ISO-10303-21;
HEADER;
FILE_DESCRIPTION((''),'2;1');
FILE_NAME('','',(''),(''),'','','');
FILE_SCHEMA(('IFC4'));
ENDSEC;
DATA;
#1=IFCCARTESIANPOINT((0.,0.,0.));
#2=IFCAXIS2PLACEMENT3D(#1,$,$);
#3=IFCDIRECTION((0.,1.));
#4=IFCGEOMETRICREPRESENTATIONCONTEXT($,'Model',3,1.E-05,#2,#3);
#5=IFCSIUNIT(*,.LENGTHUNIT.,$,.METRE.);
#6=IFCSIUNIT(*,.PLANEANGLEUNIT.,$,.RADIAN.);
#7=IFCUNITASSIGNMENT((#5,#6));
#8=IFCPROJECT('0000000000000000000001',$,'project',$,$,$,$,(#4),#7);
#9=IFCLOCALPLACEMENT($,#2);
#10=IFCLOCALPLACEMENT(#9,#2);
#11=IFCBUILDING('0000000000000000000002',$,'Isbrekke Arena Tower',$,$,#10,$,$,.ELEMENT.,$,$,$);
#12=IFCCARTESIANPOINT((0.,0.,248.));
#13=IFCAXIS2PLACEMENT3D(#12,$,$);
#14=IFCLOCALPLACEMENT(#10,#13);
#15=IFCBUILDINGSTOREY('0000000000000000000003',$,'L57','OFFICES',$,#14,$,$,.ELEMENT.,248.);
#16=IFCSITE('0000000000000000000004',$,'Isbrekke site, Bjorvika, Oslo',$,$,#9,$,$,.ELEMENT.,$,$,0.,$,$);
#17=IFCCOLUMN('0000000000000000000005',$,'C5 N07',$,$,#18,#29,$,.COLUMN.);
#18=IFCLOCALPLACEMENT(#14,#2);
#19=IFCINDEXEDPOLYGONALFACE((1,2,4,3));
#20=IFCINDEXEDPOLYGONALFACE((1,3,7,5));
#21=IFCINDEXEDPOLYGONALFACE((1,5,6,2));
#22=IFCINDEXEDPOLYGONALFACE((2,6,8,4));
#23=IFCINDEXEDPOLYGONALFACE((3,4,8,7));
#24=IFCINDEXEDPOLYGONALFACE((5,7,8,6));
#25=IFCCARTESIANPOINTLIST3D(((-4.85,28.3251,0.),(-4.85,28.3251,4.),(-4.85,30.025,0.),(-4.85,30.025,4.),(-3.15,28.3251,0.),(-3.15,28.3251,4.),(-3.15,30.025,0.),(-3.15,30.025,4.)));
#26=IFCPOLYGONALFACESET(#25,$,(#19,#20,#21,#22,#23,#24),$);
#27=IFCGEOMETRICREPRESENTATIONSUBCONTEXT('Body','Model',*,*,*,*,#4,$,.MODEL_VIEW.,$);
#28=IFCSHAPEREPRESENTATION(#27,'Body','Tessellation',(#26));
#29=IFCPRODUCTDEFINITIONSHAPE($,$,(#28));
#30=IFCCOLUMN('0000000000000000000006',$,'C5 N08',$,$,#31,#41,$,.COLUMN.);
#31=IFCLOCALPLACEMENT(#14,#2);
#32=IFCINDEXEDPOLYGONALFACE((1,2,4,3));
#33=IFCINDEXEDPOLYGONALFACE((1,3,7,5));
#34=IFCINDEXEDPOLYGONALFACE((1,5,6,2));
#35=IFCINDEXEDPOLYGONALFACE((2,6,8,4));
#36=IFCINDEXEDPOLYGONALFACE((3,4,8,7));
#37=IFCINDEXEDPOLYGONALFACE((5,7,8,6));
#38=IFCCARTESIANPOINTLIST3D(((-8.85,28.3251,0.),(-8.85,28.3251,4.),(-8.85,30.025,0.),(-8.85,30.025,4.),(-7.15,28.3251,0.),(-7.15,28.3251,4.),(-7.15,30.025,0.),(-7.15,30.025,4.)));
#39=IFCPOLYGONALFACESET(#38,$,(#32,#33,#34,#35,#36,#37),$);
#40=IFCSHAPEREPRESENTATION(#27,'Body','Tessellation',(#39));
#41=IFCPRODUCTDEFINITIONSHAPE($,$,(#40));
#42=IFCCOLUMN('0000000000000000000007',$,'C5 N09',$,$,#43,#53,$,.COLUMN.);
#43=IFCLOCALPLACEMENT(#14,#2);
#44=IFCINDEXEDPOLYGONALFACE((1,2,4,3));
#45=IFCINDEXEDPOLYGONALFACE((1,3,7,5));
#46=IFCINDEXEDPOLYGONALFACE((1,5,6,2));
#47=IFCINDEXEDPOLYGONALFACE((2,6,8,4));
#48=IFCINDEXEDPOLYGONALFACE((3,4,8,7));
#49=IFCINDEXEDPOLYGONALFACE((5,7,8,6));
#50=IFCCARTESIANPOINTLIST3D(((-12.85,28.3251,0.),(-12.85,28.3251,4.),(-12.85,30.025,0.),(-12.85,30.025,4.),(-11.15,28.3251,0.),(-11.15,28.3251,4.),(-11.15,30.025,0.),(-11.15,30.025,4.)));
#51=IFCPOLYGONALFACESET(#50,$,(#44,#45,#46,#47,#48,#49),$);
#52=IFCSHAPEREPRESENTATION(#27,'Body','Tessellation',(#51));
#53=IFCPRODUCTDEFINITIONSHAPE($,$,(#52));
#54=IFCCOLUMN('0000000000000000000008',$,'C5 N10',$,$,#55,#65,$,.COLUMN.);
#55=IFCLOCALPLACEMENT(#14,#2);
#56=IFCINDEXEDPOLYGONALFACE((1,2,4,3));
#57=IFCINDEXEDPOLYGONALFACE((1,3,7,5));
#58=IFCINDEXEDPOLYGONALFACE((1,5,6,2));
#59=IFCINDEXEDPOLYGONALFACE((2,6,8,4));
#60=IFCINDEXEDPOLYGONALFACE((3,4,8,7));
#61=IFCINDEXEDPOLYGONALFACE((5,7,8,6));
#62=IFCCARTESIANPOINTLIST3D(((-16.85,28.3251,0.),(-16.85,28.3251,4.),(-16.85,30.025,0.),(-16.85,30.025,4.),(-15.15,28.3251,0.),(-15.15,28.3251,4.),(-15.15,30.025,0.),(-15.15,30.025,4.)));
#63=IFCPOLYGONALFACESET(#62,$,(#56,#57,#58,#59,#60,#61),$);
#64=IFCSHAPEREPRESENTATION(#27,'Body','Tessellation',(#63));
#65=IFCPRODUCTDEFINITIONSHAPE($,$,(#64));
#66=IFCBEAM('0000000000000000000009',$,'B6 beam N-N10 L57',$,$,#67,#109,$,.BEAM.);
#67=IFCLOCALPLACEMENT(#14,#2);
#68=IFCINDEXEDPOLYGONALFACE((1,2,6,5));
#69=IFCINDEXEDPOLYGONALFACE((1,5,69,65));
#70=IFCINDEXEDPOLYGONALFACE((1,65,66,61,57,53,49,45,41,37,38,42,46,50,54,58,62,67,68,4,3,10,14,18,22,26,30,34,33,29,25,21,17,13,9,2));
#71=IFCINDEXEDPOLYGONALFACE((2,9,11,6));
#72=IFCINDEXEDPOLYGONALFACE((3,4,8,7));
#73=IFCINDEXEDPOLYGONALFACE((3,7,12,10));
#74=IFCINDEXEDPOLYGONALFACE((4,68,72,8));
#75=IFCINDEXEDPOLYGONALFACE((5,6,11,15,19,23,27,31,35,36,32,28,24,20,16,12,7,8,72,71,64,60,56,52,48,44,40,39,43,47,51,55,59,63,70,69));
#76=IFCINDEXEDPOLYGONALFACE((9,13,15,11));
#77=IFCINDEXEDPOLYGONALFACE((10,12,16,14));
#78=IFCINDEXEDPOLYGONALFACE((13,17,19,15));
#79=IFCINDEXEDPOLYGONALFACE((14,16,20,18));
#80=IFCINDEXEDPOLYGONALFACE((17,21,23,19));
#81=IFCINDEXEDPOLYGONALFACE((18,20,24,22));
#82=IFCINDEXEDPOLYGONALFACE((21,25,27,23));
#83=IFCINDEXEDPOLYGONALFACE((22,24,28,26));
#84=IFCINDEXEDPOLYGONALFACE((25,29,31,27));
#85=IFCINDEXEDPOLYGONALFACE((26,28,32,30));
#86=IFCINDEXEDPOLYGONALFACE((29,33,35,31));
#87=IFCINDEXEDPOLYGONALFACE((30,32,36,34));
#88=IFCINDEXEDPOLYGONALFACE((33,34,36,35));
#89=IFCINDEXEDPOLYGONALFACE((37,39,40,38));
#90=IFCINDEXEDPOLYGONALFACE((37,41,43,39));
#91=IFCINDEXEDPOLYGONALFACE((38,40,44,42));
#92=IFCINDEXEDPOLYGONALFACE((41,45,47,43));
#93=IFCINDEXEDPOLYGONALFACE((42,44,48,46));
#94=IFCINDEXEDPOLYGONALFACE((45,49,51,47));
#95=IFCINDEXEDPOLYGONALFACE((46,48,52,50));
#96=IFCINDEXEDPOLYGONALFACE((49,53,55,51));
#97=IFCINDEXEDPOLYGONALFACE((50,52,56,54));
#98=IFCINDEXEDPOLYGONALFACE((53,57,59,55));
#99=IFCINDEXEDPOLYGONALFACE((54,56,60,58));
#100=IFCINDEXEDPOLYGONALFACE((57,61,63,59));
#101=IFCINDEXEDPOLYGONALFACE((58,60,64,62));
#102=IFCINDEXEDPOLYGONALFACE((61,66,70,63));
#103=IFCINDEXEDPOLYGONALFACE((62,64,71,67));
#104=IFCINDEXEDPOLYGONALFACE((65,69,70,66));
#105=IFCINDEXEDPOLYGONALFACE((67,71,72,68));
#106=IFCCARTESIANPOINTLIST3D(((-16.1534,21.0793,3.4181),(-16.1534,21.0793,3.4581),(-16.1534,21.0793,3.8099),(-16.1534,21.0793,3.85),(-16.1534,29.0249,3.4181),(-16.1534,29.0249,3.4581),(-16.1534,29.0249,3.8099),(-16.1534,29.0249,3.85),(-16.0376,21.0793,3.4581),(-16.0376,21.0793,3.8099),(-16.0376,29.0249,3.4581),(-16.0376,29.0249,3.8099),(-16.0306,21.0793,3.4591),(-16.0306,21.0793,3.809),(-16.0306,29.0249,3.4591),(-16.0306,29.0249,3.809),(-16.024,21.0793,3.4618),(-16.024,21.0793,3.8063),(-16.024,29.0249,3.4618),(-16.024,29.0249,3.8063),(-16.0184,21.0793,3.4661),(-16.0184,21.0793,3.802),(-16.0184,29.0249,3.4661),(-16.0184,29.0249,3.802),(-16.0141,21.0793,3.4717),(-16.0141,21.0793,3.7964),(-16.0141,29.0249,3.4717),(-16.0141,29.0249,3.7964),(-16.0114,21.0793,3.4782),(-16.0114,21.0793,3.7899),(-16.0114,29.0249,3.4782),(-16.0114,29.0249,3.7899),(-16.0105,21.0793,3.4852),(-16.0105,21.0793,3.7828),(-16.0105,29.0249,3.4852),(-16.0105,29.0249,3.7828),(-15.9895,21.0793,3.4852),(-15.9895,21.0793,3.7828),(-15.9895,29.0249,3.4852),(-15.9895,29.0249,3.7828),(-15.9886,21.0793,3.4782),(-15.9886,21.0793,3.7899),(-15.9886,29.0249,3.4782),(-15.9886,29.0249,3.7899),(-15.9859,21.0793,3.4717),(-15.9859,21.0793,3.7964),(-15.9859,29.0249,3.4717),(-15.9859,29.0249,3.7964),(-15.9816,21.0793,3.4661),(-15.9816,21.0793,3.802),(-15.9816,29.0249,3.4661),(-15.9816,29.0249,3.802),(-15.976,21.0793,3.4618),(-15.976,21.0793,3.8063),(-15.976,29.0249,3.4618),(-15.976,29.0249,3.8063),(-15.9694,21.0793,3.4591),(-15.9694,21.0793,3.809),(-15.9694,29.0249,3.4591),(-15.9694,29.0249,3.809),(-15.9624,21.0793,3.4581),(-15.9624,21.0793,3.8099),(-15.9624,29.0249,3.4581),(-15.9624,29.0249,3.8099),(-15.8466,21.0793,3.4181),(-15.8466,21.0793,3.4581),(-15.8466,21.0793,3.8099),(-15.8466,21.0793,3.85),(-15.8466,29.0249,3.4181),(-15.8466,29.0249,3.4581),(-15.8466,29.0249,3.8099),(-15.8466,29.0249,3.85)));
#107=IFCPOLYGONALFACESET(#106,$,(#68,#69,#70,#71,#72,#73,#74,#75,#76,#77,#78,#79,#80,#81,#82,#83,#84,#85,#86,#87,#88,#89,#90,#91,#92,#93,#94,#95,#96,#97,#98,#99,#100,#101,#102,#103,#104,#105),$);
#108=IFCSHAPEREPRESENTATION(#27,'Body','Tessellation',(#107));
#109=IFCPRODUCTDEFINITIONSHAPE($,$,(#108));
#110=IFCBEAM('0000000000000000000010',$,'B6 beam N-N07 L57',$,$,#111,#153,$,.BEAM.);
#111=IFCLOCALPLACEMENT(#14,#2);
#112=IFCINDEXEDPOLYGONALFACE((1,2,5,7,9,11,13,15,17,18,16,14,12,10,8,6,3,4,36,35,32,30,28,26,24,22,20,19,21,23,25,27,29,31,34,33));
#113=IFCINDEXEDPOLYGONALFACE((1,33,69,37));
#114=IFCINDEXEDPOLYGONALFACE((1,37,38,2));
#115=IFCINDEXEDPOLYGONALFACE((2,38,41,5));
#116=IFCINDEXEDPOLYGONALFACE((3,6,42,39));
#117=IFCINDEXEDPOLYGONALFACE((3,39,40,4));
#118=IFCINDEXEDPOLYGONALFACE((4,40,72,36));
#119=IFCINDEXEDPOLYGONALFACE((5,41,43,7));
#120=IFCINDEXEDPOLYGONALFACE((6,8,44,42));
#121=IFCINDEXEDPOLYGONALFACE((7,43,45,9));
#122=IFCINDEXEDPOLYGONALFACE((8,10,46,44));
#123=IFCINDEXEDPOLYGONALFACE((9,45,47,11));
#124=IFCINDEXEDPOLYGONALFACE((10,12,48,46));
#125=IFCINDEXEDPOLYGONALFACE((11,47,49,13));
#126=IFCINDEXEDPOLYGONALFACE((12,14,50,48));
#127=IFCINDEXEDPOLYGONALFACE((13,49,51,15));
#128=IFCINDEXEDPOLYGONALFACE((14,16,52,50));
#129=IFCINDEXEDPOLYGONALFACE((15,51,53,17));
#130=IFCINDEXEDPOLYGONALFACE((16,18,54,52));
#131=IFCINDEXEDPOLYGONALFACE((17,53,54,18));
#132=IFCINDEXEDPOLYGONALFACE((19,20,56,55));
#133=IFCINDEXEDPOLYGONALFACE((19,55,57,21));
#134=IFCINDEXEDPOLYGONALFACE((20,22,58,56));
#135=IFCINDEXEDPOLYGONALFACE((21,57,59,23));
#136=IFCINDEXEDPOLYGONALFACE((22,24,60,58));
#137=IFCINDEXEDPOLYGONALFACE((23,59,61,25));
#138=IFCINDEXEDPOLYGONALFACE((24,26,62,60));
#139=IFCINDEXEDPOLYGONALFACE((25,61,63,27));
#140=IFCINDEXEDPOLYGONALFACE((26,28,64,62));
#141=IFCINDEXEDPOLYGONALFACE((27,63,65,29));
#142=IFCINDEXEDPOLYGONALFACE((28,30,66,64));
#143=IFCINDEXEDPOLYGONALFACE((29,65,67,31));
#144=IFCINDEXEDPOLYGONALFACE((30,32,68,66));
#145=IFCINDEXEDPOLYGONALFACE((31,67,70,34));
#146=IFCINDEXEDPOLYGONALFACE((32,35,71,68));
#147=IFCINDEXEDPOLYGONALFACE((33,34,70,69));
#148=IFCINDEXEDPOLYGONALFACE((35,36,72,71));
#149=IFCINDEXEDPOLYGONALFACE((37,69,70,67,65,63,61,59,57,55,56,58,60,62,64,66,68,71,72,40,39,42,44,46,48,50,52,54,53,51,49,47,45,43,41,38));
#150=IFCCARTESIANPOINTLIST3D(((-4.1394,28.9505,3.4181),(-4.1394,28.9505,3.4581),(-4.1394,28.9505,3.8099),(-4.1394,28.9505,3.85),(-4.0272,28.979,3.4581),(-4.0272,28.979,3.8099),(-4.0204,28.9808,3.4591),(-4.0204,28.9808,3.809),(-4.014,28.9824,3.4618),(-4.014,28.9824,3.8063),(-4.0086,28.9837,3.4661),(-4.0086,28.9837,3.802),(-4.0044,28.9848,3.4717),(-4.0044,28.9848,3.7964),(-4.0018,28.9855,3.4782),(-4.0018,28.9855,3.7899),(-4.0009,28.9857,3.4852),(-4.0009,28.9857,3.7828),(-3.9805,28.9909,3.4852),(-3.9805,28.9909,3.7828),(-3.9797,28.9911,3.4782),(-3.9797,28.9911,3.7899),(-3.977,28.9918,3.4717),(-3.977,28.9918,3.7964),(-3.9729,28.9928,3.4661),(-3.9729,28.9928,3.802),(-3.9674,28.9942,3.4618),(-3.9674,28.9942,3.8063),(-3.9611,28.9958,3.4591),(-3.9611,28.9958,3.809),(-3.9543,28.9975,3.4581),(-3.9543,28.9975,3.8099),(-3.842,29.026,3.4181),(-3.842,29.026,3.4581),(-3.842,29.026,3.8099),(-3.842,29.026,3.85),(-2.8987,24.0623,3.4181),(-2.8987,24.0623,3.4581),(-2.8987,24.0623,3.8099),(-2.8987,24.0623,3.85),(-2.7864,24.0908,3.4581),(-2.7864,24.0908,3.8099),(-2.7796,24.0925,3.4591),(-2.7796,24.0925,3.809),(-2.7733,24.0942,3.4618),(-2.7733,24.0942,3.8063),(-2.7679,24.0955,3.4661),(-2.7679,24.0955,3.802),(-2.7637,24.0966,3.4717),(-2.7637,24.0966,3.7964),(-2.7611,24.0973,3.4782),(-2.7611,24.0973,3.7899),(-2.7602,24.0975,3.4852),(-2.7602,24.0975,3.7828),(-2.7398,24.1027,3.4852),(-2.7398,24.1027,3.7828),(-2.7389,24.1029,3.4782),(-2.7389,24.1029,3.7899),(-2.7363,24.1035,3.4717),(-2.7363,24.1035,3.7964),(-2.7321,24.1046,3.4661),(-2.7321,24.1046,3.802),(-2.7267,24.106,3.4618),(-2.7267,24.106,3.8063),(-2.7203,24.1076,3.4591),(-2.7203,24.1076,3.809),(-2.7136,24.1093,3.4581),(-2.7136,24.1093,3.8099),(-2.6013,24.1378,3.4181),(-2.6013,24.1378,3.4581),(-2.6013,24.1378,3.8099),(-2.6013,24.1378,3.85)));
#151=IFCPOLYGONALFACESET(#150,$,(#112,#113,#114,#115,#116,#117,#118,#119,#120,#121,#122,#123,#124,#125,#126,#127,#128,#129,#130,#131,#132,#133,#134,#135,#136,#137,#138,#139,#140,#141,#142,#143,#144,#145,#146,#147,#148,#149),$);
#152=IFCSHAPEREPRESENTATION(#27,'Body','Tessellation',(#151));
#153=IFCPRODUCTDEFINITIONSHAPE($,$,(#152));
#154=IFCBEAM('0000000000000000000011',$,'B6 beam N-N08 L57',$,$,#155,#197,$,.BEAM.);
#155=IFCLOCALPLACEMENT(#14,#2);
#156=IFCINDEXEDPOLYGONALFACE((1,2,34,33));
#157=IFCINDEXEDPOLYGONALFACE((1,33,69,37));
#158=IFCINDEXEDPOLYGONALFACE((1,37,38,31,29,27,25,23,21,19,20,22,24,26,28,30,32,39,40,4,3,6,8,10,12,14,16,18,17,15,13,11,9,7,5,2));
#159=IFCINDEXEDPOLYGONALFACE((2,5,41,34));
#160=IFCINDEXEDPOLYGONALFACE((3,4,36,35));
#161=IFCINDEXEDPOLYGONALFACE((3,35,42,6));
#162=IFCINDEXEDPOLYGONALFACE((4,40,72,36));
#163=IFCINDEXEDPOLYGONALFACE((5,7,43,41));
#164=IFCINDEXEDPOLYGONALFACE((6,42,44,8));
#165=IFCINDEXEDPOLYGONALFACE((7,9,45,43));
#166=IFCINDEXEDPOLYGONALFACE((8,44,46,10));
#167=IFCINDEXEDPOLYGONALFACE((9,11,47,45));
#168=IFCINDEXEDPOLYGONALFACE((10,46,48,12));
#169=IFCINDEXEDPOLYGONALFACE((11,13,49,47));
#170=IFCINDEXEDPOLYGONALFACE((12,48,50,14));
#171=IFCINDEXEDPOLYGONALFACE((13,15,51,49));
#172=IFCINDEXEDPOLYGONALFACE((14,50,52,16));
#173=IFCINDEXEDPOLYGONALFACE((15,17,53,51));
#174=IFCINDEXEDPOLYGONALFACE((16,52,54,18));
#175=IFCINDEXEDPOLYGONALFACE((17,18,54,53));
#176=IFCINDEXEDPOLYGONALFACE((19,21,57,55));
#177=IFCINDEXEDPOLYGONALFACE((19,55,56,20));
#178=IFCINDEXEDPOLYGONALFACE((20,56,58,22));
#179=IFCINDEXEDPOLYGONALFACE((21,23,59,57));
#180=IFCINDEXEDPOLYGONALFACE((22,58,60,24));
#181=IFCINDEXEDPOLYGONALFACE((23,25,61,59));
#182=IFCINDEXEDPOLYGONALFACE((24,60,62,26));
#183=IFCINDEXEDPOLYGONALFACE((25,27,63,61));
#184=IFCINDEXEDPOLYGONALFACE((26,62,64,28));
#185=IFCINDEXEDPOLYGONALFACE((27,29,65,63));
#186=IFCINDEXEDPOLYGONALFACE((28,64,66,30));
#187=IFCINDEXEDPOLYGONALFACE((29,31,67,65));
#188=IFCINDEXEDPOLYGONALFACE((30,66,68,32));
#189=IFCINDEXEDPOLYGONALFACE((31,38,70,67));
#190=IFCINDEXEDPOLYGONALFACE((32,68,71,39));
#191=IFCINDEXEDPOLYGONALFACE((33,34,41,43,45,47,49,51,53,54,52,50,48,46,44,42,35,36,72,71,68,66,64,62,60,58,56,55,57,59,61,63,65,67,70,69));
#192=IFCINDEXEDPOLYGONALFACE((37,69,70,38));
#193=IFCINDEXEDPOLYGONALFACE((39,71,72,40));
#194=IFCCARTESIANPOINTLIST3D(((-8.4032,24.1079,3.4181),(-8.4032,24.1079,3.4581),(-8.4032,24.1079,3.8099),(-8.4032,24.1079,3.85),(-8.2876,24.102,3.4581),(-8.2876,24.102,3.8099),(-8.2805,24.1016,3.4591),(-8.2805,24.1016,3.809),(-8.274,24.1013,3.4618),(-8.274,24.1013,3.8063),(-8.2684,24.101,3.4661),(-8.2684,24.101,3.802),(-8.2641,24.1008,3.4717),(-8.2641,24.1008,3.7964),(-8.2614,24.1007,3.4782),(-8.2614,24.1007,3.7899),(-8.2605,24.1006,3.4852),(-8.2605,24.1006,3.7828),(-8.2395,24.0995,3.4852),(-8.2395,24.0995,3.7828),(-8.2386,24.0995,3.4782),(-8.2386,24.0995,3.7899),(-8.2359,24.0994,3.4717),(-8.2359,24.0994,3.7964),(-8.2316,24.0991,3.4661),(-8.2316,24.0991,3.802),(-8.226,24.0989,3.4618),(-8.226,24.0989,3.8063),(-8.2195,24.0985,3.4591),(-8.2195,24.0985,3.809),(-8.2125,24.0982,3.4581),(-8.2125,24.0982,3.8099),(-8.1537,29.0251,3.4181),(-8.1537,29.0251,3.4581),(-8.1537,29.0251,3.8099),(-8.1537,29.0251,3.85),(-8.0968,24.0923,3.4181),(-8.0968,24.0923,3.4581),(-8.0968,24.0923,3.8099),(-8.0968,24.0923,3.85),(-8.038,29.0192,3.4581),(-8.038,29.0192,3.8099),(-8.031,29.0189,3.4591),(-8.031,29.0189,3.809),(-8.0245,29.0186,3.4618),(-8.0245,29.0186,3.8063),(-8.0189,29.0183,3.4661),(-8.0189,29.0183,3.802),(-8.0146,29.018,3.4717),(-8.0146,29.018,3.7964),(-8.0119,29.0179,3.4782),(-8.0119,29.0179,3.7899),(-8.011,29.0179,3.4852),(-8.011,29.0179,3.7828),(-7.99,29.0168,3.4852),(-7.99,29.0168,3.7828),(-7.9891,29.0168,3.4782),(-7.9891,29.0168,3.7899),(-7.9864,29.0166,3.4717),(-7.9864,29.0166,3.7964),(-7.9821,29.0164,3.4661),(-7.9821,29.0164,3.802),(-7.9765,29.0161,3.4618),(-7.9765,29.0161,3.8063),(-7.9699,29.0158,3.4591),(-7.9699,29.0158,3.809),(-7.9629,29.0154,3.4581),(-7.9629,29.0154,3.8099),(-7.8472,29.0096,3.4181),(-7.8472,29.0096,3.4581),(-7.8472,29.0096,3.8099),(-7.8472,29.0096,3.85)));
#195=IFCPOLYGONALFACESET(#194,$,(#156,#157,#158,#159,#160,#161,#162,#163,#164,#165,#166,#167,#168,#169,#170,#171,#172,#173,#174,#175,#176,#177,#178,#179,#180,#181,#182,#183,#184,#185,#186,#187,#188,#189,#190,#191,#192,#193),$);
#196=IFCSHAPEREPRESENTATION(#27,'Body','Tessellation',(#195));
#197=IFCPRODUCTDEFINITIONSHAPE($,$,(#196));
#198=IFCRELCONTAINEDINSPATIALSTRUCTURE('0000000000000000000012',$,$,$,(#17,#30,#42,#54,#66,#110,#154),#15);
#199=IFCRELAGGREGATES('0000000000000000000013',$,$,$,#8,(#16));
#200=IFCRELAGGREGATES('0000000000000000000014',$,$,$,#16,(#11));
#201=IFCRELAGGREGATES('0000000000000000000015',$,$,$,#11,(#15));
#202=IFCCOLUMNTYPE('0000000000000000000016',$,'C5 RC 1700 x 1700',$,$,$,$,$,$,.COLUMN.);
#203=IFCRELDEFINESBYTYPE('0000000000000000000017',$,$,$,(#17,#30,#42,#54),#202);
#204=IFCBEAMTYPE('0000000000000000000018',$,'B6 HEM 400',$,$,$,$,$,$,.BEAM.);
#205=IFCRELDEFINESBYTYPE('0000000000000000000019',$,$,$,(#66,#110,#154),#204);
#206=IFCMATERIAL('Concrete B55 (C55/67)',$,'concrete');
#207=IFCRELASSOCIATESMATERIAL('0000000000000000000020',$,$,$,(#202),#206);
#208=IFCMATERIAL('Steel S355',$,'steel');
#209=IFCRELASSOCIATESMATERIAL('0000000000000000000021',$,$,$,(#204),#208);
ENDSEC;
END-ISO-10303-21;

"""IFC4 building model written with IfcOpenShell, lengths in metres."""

from ifc_helpers import new_model, si_unit, direction, frame, origin, origin_2d, place, context, subcontext, project, spatial, rectangle, i_section, extrude, material, material_profile, profile_set, type_object, element, save


model = new_model("IFC4")

# Units and contexts
model_context = context("Model", 3, precision=1e-05, world=origin(), true_north=direction((0.0, 1.0)))
body_context = subcontext(model_context, "Body", "Model", "MODEL_VIEW")
ifc_project = project(units=[si_unit("LENGTHUNIT", "METRE"), si_unit("PLANEANGLEUNIT", "RADIAN")], contexts=[model_context])

# Site, building, storey
site_placement = place(None, origin())
site = spatial("IfcSite", under=ifc_project, at=site_placement, Name="Isbrekke site, Bjorvika, Oslo", CompositionType="ELEMENT", RefElevation=0.0)
building_placement = place(site_placement, origin())
building = spatial("IfcBuilding", under=site, at=building_placement, Name="Isbrekke Arena Tower", CompositionType="ELEMENT")
storey_placement = place(building_placement, frame((0.0, 0.0, 248.0)))
storey = spatial("IfcBuildingStorey", under=building, at=storey_placement, Name="L57", Description="OFFICES", CompositionType="ELEMENT", Elevation=248.0)

# Columns
ifc_material_1 = material(Name="Concrete B55 (C55/67)", Category="concrete")
ifc_material_profile_1 = material_profile(ifc_material_1, rectangle(XDim=1.7, YDim=1.7, at=origin_2d()), Name="RC 1700x1700")
ifc_profile_set_1 = profile_set([ifc_material_profile_1], Name="Concrete B55 (C55/67)")
column_type = type_object("IfcColumnType", Name="C5 RC 1700 x 1700", PredefinedType="COLUMN", material=ifc_profile_set_1)
for number, where, z_axis, x_axis, name in (
    (1, (-4.0, 29.175, 0.0), (0.0, 0.0, 1.0), (-1.0, 0.0, 0.0), "C5 N07"),
    (2, (-8.0, 29.175, 0.0), (0.0, 0.0, 1.0), (-1.0, 0.0, 0.0), "C5 N08"),
    (3, (-12.0, 29.175, 0.0), (0.0, 0.0, 1.0), (-1.0, 0.0, 0.0), "C5 N09"),
    (4, (-16.0, 29.175, 0.0), (0.0, 0.0, 1.0), (-1.0, 0.0, 0.0), "C5 N10"),
):
    element("IfcColumn", number, at=place(storey_placement, frame(where, z_axis=z_axis, x_axis=x_axis)), inside=storey, type_object=column_type, Name=name, PredefinedType="COLUMN", context=body_context, shape_type="SweptSolid", body=[
        extrude(rectangle(XDim=1.7, YDim=1.7, at=origin_2d()), origin(), (0.0, 0.0, 1.0), 4.0),
    ])

# Beams
ifc_material_2 = material(Name="Steel S355", Category="steel")
ifc_material_profile_2 = material_profile(ifc_material_2, i_section(OverallWidth=0.3069, OverallDepth=0.4319, WebThickness=0.021, FlangeThickness=0.04, FilletRadius=0.0271, at=origin_2d()), Name="HEM 400")
ifc_profile_set_2 = profile_set([ifc_material_profile_2], Name="Steel S355")
beam_type_1 = type_object("IfcBeamType", Name="B6 HEM 400", PredefinedType="BEAM", material=ifc_profile_set_2)
beam_1_placement = place(storey_placement, frame((-16.0, 29.0249, 3.634), z_axis=(0.0, -1.0, 0.0), x_axis=(1.0, 0.0, 0.0)))
element("IfcBeam", 5, at=beam_1_placement, inside=storey, type_object=beam_type_1, Name="B6 beam N-N10 L57", PredefinedType="BEAM", context=body_context, shape_type="SweptSolid", body=[
    extrude(i_section(OverallWidth=0.3069, OverallDepth=0.4319, WebThickness=0.021, FlangeThickness=0.04, FilletRadius=0.0271, at=origin_2d()), origin(), (0.0, 0.0, 1.0), 7.9456),
])
beam_2_placement = place(storey_placement, frame((-3.9907, 28.9883, 3.634), z_axis=(0.24602, -0.969265, 0.0), x_axis=(0.969265, 0.24602, 0.0)))
element("IfcBeam", 6, at=beam_2_placement, inside=storey, type_object=beam_type_1, Name="B6 beam N-N07 L57", PredefinedType="BEAM", context=body_context, shape_type="SweptSolid", body=[
    extrude(i_section(OverallWidth=0.3069, OverallDepth=0.4319, WebThickness=0.021, FlangeThickness=0.04, FilletRadius=0.0271, at=origin_2d()), origin(), (0.0, 0.0, 1.0), 5.0432),
])
beam_3_placement = place(storey_placement, frame((-8.0005, 29.0173, 3.634), z_axis=(-0.050677, -0.998715, 0.0), x_axis=(0.998715, -0.050677, 0.0)))
element("IfcBeam", 7, at=beam_3_placement, inside=storey, type_object=beam_type_1, Name="B6 beam N-N08 L57", PredefinedType="BEAM", context=body_context, shape_type="SweptSolid", body=[
    extrude(i_section(OverallWidth=0.3069, OverallDepth=0.4319, WebThickness=0.021, FlangeThickness=0.04, FilletRadius=0.0271, at=origin_2d()), origin(), (0.0, 0.0, 1.0), 4.9236),
])

save(model, "model.ifc")
